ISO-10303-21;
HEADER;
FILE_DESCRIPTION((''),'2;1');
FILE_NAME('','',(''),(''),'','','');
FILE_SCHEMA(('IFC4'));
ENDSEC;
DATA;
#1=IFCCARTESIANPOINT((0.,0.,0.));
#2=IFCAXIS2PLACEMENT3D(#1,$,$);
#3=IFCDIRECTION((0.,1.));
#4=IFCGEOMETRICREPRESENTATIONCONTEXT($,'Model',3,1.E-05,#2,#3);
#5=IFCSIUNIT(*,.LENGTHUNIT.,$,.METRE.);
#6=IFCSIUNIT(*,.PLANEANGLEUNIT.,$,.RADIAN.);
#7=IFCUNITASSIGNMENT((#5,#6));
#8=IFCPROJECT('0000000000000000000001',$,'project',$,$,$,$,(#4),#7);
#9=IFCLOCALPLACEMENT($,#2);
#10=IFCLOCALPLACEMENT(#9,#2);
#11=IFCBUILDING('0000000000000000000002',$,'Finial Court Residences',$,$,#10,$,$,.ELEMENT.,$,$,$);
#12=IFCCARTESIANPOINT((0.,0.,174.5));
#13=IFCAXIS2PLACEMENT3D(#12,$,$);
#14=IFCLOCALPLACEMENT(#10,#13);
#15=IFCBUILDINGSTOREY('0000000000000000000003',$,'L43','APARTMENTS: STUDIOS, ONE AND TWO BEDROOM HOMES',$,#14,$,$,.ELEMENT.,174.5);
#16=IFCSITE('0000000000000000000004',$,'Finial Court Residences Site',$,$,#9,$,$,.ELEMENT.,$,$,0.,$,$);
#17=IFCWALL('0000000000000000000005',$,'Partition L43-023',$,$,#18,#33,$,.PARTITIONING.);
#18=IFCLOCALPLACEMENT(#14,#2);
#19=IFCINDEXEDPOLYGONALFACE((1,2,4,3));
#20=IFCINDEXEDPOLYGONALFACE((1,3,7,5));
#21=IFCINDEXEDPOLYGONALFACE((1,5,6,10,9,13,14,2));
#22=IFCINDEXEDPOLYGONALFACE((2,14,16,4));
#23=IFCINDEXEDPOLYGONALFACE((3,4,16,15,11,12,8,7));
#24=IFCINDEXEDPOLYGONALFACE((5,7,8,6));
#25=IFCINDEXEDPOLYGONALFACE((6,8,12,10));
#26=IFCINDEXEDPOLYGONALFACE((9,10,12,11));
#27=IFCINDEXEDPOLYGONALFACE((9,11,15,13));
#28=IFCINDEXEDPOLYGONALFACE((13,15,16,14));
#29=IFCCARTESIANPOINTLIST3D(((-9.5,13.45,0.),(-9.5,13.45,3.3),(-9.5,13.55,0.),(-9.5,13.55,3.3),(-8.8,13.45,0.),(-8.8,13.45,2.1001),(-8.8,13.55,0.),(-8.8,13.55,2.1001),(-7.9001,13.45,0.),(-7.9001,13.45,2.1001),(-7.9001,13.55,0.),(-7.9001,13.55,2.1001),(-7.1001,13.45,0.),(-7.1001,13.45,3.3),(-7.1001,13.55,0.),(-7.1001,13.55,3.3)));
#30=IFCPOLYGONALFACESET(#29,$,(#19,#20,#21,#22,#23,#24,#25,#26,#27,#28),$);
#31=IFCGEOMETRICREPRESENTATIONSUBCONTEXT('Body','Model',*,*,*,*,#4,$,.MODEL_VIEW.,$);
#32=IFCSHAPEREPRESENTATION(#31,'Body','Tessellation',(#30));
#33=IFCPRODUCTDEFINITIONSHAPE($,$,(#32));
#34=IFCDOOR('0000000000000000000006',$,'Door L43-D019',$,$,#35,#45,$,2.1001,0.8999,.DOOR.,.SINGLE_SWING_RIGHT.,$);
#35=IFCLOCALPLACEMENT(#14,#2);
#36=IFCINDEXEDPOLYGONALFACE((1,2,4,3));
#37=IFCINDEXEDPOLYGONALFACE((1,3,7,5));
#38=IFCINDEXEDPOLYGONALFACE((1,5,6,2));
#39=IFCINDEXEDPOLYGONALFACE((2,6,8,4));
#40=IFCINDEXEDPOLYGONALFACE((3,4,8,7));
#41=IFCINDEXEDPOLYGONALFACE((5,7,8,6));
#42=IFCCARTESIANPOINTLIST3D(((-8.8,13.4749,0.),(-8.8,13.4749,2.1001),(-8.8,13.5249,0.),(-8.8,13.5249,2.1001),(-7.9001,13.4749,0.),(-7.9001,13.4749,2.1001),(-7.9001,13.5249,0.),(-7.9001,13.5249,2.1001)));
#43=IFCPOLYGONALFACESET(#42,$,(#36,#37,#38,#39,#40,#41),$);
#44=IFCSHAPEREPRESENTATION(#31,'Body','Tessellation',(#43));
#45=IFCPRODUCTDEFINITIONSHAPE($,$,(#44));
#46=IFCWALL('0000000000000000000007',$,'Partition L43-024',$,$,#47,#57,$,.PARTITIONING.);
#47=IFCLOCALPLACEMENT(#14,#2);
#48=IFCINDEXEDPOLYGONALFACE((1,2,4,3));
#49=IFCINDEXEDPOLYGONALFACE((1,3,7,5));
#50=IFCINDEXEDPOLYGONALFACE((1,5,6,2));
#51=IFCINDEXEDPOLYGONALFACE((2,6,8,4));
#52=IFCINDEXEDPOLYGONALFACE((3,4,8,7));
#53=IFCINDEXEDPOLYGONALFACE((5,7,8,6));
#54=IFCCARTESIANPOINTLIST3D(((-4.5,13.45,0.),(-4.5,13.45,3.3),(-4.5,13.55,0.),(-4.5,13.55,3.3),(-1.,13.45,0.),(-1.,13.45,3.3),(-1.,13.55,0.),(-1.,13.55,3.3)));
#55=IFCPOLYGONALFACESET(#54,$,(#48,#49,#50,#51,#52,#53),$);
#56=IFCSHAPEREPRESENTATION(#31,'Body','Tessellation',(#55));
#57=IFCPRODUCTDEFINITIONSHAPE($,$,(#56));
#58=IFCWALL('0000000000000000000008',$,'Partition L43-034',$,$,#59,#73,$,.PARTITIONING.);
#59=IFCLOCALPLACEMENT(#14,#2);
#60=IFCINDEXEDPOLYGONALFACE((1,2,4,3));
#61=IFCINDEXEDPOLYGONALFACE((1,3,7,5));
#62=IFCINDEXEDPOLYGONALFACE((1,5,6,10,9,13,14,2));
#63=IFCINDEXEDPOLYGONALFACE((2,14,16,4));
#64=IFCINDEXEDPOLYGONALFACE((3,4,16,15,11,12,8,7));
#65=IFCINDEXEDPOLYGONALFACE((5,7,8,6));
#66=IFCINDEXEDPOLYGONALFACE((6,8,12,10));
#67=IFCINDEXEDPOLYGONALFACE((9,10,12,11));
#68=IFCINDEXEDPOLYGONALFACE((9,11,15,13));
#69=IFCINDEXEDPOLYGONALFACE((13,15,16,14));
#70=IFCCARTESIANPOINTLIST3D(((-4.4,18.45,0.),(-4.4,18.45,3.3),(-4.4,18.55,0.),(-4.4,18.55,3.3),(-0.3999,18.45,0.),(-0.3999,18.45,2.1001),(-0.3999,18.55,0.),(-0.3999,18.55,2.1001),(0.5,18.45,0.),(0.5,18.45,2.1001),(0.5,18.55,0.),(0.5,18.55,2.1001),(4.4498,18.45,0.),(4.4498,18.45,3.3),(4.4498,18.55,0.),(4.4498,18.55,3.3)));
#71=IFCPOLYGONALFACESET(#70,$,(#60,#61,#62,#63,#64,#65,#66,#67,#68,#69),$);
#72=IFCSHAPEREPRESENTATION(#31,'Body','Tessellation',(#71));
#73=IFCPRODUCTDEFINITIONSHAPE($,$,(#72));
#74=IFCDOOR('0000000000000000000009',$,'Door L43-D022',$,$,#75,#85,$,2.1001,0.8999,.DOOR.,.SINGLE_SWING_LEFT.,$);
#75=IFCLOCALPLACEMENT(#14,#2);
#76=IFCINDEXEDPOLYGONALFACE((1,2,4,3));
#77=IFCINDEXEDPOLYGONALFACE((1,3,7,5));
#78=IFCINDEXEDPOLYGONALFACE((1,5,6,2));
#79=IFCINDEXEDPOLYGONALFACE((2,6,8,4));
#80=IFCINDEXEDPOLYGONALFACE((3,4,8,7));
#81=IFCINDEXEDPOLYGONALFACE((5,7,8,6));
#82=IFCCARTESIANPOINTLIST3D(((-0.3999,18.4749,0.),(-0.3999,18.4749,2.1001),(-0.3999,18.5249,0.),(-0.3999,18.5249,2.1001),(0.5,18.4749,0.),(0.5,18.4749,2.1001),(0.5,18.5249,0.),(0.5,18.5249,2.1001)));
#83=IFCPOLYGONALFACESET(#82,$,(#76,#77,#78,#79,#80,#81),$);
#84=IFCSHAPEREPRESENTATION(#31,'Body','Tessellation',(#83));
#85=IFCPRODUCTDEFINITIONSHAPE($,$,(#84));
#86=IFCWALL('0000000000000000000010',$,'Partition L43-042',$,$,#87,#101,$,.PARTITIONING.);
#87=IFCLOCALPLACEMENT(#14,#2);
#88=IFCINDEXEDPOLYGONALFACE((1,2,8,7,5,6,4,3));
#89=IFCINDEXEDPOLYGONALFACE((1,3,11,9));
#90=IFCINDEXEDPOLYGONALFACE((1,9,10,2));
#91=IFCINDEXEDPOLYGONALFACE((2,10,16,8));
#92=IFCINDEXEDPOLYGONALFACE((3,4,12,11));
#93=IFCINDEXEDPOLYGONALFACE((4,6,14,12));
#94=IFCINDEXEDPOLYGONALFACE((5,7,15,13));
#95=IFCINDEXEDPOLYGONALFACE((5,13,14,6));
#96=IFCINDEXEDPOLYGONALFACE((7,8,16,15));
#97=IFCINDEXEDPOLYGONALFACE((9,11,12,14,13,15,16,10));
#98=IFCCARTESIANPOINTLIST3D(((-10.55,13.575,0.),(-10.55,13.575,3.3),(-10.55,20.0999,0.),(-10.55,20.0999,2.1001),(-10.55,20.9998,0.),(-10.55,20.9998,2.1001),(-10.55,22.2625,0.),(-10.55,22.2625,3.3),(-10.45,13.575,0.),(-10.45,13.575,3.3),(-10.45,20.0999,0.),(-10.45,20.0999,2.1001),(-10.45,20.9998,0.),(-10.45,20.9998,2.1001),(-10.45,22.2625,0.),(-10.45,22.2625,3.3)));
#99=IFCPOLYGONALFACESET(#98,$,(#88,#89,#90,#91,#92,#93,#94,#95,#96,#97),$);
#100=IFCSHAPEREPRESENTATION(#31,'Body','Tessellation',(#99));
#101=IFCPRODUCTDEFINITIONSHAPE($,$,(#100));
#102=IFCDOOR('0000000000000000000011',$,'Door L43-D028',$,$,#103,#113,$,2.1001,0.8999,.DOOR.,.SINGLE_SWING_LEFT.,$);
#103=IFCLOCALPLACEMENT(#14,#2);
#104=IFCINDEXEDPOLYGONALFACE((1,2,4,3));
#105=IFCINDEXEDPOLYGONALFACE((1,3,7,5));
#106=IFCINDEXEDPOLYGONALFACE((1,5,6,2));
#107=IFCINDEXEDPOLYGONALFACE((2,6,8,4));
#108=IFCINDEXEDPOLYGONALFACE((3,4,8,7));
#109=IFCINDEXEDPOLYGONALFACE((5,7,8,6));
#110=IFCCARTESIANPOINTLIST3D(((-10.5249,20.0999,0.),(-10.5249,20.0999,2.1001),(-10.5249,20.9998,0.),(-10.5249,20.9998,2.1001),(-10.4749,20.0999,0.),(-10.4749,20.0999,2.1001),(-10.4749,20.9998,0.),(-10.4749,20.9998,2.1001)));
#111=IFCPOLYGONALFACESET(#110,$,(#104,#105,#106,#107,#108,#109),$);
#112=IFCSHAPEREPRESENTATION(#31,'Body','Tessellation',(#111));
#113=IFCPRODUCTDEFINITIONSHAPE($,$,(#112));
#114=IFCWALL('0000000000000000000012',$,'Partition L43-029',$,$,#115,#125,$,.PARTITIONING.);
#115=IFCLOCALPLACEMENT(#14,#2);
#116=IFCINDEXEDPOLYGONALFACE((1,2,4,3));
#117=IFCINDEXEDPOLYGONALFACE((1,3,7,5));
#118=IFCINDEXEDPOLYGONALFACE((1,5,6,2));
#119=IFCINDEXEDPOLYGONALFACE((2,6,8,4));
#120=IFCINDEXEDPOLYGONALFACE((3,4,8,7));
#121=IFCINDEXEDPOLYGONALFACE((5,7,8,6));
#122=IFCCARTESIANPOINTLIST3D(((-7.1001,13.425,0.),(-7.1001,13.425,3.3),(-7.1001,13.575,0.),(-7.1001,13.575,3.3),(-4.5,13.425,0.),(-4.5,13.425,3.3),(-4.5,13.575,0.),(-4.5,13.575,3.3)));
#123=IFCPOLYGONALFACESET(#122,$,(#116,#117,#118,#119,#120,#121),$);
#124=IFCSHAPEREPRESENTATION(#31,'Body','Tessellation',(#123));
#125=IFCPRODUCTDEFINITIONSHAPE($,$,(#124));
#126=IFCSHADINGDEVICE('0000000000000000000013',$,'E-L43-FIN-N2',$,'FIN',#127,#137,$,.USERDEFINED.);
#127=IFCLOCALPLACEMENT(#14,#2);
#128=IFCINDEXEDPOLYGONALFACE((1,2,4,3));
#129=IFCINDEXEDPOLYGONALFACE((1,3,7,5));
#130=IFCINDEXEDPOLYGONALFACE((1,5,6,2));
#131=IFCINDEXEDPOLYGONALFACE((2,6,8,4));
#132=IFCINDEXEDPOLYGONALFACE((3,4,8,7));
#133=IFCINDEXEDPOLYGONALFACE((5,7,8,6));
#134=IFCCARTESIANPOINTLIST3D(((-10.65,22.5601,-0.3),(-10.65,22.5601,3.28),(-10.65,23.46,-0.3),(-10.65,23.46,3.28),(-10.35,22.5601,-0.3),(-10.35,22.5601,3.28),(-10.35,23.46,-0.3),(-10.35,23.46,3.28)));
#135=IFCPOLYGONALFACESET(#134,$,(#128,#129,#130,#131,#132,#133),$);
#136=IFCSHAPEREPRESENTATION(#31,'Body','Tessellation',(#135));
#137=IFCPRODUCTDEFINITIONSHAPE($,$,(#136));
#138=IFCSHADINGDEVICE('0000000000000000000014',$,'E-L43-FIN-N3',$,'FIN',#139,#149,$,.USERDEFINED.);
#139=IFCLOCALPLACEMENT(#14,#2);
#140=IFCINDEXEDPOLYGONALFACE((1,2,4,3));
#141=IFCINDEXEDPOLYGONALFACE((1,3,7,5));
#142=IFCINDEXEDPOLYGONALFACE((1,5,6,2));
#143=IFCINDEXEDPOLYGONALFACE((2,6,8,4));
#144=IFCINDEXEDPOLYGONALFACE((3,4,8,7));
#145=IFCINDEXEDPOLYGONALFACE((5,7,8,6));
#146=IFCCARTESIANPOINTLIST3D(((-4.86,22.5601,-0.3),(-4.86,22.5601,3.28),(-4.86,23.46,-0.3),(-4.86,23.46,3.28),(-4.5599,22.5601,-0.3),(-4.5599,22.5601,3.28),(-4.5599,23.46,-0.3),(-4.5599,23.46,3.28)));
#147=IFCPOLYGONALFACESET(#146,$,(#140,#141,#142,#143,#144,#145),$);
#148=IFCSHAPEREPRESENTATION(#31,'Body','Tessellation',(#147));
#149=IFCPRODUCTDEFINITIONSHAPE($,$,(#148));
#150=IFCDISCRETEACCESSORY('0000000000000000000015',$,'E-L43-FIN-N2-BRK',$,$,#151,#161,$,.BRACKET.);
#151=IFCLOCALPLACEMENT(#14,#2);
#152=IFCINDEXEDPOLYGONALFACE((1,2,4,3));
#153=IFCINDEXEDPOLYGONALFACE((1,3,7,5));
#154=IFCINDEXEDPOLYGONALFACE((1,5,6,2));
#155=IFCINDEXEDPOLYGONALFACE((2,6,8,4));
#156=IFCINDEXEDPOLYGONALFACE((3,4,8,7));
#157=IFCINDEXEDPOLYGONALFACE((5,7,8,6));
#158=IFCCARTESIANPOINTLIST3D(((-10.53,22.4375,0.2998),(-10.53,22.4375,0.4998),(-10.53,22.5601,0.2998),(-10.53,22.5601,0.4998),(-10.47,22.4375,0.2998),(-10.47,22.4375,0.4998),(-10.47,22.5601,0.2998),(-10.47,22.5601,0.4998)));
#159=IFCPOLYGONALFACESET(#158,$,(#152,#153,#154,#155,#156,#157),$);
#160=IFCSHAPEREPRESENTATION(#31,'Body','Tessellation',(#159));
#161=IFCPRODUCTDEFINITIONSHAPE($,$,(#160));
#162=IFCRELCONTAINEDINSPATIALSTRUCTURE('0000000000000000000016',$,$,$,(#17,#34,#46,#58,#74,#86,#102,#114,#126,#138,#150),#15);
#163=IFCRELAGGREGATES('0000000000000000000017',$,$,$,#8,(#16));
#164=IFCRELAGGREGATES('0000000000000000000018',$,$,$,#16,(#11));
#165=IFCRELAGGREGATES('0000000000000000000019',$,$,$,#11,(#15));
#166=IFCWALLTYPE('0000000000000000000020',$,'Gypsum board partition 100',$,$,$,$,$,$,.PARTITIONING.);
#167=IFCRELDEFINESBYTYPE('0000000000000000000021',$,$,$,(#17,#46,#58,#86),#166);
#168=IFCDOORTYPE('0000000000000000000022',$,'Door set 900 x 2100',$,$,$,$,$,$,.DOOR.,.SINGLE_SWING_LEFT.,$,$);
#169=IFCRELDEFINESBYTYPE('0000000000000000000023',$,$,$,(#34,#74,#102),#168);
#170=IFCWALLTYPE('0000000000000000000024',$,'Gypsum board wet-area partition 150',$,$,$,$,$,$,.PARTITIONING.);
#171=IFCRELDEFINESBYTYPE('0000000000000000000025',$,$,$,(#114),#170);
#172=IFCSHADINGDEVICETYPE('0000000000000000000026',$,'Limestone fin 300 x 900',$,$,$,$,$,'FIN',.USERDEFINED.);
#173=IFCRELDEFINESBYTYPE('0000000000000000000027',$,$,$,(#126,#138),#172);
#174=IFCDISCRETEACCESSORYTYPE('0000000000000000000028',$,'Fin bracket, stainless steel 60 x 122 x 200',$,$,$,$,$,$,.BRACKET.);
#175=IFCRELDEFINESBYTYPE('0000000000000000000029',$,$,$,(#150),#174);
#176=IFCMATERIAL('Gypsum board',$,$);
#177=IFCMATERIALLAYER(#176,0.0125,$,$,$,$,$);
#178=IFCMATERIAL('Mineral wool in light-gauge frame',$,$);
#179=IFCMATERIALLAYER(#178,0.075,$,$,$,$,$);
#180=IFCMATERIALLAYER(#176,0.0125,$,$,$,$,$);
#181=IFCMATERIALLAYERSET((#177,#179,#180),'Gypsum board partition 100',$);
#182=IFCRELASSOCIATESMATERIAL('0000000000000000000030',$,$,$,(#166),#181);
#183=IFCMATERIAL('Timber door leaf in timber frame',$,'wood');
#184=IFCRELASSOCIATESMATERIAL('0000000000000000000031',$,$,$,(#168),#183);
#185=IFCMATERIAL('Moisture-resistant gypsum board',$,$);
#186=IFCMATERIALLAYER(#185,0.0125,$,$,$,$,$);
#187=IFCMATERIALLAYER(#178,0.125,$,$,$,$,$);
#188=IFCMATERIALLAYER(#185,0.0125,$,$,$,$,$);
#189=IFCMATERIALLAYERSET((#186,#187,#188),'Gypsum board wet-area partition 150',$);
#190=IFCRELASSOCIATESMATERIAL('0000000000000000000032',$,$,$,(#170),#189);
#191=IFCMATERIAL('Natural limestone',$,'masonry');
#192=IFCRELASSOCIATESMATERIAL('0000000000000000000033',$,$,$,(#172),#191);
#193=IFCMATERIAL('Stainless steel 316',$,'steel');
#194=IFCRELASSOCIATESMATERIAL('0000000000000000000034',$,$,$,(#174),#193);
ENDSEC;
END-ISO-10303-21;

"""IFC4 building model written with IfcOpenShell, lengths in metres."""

from ifc_helpers import new_model, si_unit, direction, frame, frame_2d, origin, origin_2d, place, context, subcontext, project, spatial, rectangle, extrude, material, layer, layer_set, type_object, element, fill, save


model = new_model("IFC4")

# Units and contexts
model_context = context("Model", 3, precision=1e-05, world=origin(), true_north=direction((0.0, 1.0)))
body_context = subcontext(model_context, "Body", "Model", "MODEL_VIEW")
ifc_project = project(units=[si_unit("LENGTHUNIT", "METRE"), si_unit("PLANEANGLEUNIT", "RADIAN")], contexts=[model_context])

# Site, building, storey
site_placement = place(None, origin())
site = spatial("IfcSite", under=ifc_project, at=site_placement, Name="Finial Court Residences Site", CompositionType="ELEMENT", RefElevation=0.0)
building_placement = place(site_placement, origin())
building = spatial("IfcBuilding", under=site, at=building_placement, Name="Finial Court Residences", CompositionType="ELEMENT")
storey_placement = place(building_placement, frame((0.0, 0.0, 174.5)))
storey = spatial("IfcBuildingStorey", under=building, at=storey_placement, Name="L43", Description="APARTMENTS: STUDIOS, ONE AND TWO BEDROOM HOMES", CompositionType="ELEMENT", Elevation=174.5)

# Shared definitions
ifc_material_1 = material(Name="Gypsum board")

# Wall, opening, door
ifc_layer_1 = layer(ifc_material_1, 0.0125)
ifc_material_2 = material(Name="Mineral wool in light-gauge frame")
ifc_layer_2 = layer(ifc_material_2, 0.075)
ifc_layer_3 = layer(ifc_material_1, 0.0125)
ifc_layer_set_1 = layer_set([ifc_layer_1, ifc_layer_2, ifc_layer_3], Name="Gypsum board partition 100")
wall_type_1 = type_object("IfcWallType", Name="Gypsum board partition 100", PredefinedType="PARTITIONING", material=ifc_layer_set_1)
wall_1_placement = place(storey_placement, frame((-9.5, 13.5, 0.0), z_axis=(0.0, 0.0, 1.0), x_axis=(1.0, 0.0, 0.0)))
wall_1 = element("IfcWall", 1, at=wall_1_placement, inside=storey, type_object=wall_type_1, Name="Partition L43-023", PredefinedType="PARTITIONING", context=body_context, shape_type="SweptSolid", body=[
    extrude(rectangle(XDim=2.3999, YDim=0.1001, at=frame_2d((1.2, 0.0))), origin(), (0.0, 0.0, 1.0), 3.3),
])
opening_1_placement = place(wall_1_placement, frame((0.7, 0.0, 0.0)))
opening_1 = element("IfcOpeningElement", 2, at=opening_1_placement, cuts=wall_1, PredefinedType="OPENING", context=body_context, shape_type="SweptSolid", body=[
    extrude(rectangle(XDim=0.8999, YDim=2.1001, at=frame_2d((0.45, 1.05))), frame((0.0, 0.0601, 0.0), z_axis=(0.0, -1.0, 0.0), x_axis=(1.0, 0.0, 0.0)), (0.0, 0.0, 1.0), 0.1201),
])
ifc_material_3 = material(Name="Timber door leaf in timber frame", Category="wood")
door_type = type_object("IfcDoorType", Name="Door set 900 x 2100", OperationType="SINGLE_SWING_LEFT", PredefinedType="DOOR", material=ifc_material_3)
door_1_placement = place(opening_1_placement, origin())
door_1 = element("IfcDoor", 3, at=door_1_placement, inside=storey, type_object=door_type, Name="Door L43-D019", OperationType="SINGLE_SWING_RIGHT", OverallHeight=2.1001, OverallWidth=0.8999, PredefinedType="DOOR", context=body_context, shape_type="SweptSolid", body=[
    extrude(rectangle(XDim=0.8999, YDim=2.1001, at=frame_2d((0.45, 1.05))), frame((0.0, 0.0249, 0.0), z_axis=(0.0, -1.0, 0.0), x_axis=(1.0, 0.0, 0.0)), (0.0, 0.0, 1.0), 0.05),
])
fill(opening_1, door_1)

# Wall
wall_2_placement = place(storey_placement, frame((-4.5, 13.5, 0.0), z_axis=(0.0, 0.0, 1.0), x_axis=(1.0, 0.0, 0.0)))
element("IfcWall", 4, at=wall_2_placement, inside=storey, type_object=wall_type_1, Name="Partition L43-024", PredefinedType="PARTITIONING", context=body_context, shape_type="SweptSolid", body=[
    extrude(rectangle(XDim=3.5, YDim=0.1001, at=frame_2d((1.75, 0.0))), origin(), (0.0, 0.0, 1.0), 3.3),
])

# Walls, openings, doors
wall_3_placement = place(storey_placement, frame((-4.3999, 18.5, 0.0), z_axis=(0.0, 0.0, 1.0), x_axis=(1.0, 0.0, 0.0)))
wall_3 = element("IfcWall", 5, at=wall_3_placement, inside=storey, type_object=wall_type_1, Name="Partition L43-034", PredefinedType="PARTITIONING", context=body_context, shape_type="SweptSolid", body=[
    extrude(rectangle(XDim=8.8499, YDim=0.1001, at=frame_2d((4.4248, 0.0))), origin(), (0.0, 0.0, 1.0), 3.3),
])
opening_2_placement = place(wall_3_placement, frame((4.0, 0.0, 0.0)))
opening_2 = element("IfcOpeningElement", 6, at=opening_2_placement, cuts=wall_3, PredefinedType="OPENING", context=body_context, shape_type="SweptSolid", body=[
    extrude(rectangle(XDim=0.8999, YDim=2.1001, at=frame_2d((0.45, 1.05))), frame((0.0, 0.0601, 0.0), z_axis=(0.0, -1.0, 0.0), x_axis=(1.0, 0.0, 0.0)), (0.0, 0.0, 1.0), 0.1201),
])
door_2_placement = place(opening_2_placement, origin())
door_2 = element("IfcDoor", 7, at=door_2_placement, inside=storey, type_object=door_type, Name="Door L43-D022", OperationType="SINGLE_SWING_LEFT", OverallHeight=2.1001, OverallWidth=0.8999, PredefinedType="DOOR", context=body_context, shape_type="SweptSolid", body=[
    extrude(rectangle(XDim=0.8999, YDim=2.1001, at=frame_2d((0.45, 1.05))), frame((0.0, 0.0249, 0.0), z_axis=(0.0, -1.0, 0.0), x_axis=(1.0, 0.0, 0.0)), (0.0, 0.0, 1.0), 0.05),
])
fill(opening_2, door_2)
wall_4_placement = place(storey_placement, frame((-10.5, 13.575, 0.0), z_axis=(0.0, 0.0, 1.0), x_axis=(0.0, 1.0, 0.0)))
wall_4 = element("IfcWall", 8, at=wall_4_placement, inside=storey, type_object=wall_type_1, Name="Partition L43-042", PredefinedType="PARTITIONING", context=body_context, shape_type="SweptSolid", body=[
    extrude(rectangle(XDim=8.6875, YDim=0.1001, at=frame_2d((4.3438, 0.0))), origin(), (0.0, 0.0, 1.0), 3.3),
])
opening_3_placement = place(wall_4_placement, frame((6.5249, 0.0, 0.0)))
opening_3 = element("IfcOpeningElement", 9, at=opening_3_placement, cuts=wall_4, PredefinedType="OPENING", context=body_context, shape_type="SweptSolid", body=[
    extrude(rectangle(XDim=0.8999, YDim=2.1001, at=frame_2d((0.45, 1.05))), frame((0.0, 0.0601, 0.0), z_axis=(0.0, -1.0, 0.0), x_axis=(1.0, 0.0, 0.0)), (0.0, 0.0, 1.0), 0.1201),
])
door_3_placement = place(opening_3_placement, origin())
door_3 = element("IfcDoor", 10, at=door_3_placement, inside=storey, type_object=door_type, Name="Door L43-D028", OperationType="SINGLE_SWING_LEFT", OverallHeight=2.1001, OverallWidth=0.8999, PredefinedType="DOOR", context=body_context, shape_type="SweptSolid", body=[
    extrude(rectangle(XDim=0.8999, YDim=2.1001, at=frame_2d((0.45, 1.05))), frame((0.0, 0.0249, 0.0), z_axis=(0.0, -1.0, 0.0), x_axis=(1.0, 0.0, 0.0)), (0.0, 0.0, 1.0), 0.05),
])
fill(opening_3, door_3)

# Wall
ifc_material_4 = material(Name="Moisture-resistant gypsum board")
ifc_layer_4 = layer(ifc_material_4, 0.0125)
ifc_layer_5 = layer(ifc_material_2, 0.125)
ifc_layer_6 = layer(ifc_material_4, 0.0125)
ifc_layer_set_2 = layer_set([ifc_layer_4, ifc_layer_5, ifc_layer_6], Name="Gypsum board wet-area partition 150")
wall_type_2 = type_object("IfcWallType", Name="Gypsum board wet-area partition 150", PredefinedType="PARTITIONING", material=ifc_layer_set_2)
wall_5_placement = place(storey_placement, frame((-7.1001, 13.5, 0.0), z_axis=(0.0, 0.0, 1.0), x_axis=(1.0, 0.0, 0.0)))
element("IfcWall", 11, at=wall_5_placement, inside=storey, type_object=wall_type_2, Name="Partition L43-029", PredefinedType="PARTITIONING", context=body_context, shape_type="SweptSolid", body=[
    extrude(rectangle(XDim=2.6001, YDim=0.1499, at=frame_2d((1.3, 0.0))), origin(), (0.0, 0.0, 1.0), 3.3),
])

# Shading devices
ifc_material_5 = material(Name="Natural limestone", Category="masonry")
shading_device_type = type_object("IfcShadingDeviceType", Name="Limestone fin 300 x 900", ElementType="FIN", PredefinedType="USERDEFINED", material=ifc_material_5)
for number, where, z_axis, x_axis, name in (
    (12, (-10.5, 23.01, -0.3), (0.0, 0.0, 1.0), (1.0, 0.0, 0.0), "E-L43-FIN-N2"),
    (13, (-4.71, 23.01, -0.3), (0.0, 0.0, 1.0), (1.0, 0.0, 0.0), "E-L43-FIN-N3"),
):
    element("IfcShadingDevice", number, at=place(storey_placement, frame(where, z_axis=z_axis, x_axis=x_axis)), inside=storey, type_object=shading_device_type, Name=name, ObjectType="FIN", PredefinedType="USERDEFINED", context=body_context, shape_type="SweptSolid", body=[
        extrude(rectangle(XDim=0.3, YDim=0.8999, at=origin_2d()), origin(), (0.0, 0.0, 1.0), 3.5801),
    ])

# Discrete accessory
ifc_material_6 = material(Name="Stainless steel 316", Category="steel")
discrete_accessory_type = type_object("IfcDiscreteAccessoryType", Name="Fin bracket, stainless steel 60 x 122 x 200", PredefinedType="BRACKET", material=ifc_material_6)
discrete_accessory_placement = place(storey_placement, frame((-10.5, 22.4988, 0.2998), z_axis=(0.0, 0.0, 1.0), x_axis=(1.0, 0.0, 0.0)))
element("IfcDiscreteAccessory", 14, at=discrete_accessory_placement, inside=storey, type_object=discrete_accessory_type, Name="E-L43-FIN-N2-BRK", PredefinedType="BRACKET", context=body_context, shape_type="SweptSolid", body=[
    extrude(rectangle(XDim=0.0601, YDim=0.1226, at=origin_2d()), origin(), (0.0, 0.0, 1.0), 0.2),
])

save(model, "model.ifc")
